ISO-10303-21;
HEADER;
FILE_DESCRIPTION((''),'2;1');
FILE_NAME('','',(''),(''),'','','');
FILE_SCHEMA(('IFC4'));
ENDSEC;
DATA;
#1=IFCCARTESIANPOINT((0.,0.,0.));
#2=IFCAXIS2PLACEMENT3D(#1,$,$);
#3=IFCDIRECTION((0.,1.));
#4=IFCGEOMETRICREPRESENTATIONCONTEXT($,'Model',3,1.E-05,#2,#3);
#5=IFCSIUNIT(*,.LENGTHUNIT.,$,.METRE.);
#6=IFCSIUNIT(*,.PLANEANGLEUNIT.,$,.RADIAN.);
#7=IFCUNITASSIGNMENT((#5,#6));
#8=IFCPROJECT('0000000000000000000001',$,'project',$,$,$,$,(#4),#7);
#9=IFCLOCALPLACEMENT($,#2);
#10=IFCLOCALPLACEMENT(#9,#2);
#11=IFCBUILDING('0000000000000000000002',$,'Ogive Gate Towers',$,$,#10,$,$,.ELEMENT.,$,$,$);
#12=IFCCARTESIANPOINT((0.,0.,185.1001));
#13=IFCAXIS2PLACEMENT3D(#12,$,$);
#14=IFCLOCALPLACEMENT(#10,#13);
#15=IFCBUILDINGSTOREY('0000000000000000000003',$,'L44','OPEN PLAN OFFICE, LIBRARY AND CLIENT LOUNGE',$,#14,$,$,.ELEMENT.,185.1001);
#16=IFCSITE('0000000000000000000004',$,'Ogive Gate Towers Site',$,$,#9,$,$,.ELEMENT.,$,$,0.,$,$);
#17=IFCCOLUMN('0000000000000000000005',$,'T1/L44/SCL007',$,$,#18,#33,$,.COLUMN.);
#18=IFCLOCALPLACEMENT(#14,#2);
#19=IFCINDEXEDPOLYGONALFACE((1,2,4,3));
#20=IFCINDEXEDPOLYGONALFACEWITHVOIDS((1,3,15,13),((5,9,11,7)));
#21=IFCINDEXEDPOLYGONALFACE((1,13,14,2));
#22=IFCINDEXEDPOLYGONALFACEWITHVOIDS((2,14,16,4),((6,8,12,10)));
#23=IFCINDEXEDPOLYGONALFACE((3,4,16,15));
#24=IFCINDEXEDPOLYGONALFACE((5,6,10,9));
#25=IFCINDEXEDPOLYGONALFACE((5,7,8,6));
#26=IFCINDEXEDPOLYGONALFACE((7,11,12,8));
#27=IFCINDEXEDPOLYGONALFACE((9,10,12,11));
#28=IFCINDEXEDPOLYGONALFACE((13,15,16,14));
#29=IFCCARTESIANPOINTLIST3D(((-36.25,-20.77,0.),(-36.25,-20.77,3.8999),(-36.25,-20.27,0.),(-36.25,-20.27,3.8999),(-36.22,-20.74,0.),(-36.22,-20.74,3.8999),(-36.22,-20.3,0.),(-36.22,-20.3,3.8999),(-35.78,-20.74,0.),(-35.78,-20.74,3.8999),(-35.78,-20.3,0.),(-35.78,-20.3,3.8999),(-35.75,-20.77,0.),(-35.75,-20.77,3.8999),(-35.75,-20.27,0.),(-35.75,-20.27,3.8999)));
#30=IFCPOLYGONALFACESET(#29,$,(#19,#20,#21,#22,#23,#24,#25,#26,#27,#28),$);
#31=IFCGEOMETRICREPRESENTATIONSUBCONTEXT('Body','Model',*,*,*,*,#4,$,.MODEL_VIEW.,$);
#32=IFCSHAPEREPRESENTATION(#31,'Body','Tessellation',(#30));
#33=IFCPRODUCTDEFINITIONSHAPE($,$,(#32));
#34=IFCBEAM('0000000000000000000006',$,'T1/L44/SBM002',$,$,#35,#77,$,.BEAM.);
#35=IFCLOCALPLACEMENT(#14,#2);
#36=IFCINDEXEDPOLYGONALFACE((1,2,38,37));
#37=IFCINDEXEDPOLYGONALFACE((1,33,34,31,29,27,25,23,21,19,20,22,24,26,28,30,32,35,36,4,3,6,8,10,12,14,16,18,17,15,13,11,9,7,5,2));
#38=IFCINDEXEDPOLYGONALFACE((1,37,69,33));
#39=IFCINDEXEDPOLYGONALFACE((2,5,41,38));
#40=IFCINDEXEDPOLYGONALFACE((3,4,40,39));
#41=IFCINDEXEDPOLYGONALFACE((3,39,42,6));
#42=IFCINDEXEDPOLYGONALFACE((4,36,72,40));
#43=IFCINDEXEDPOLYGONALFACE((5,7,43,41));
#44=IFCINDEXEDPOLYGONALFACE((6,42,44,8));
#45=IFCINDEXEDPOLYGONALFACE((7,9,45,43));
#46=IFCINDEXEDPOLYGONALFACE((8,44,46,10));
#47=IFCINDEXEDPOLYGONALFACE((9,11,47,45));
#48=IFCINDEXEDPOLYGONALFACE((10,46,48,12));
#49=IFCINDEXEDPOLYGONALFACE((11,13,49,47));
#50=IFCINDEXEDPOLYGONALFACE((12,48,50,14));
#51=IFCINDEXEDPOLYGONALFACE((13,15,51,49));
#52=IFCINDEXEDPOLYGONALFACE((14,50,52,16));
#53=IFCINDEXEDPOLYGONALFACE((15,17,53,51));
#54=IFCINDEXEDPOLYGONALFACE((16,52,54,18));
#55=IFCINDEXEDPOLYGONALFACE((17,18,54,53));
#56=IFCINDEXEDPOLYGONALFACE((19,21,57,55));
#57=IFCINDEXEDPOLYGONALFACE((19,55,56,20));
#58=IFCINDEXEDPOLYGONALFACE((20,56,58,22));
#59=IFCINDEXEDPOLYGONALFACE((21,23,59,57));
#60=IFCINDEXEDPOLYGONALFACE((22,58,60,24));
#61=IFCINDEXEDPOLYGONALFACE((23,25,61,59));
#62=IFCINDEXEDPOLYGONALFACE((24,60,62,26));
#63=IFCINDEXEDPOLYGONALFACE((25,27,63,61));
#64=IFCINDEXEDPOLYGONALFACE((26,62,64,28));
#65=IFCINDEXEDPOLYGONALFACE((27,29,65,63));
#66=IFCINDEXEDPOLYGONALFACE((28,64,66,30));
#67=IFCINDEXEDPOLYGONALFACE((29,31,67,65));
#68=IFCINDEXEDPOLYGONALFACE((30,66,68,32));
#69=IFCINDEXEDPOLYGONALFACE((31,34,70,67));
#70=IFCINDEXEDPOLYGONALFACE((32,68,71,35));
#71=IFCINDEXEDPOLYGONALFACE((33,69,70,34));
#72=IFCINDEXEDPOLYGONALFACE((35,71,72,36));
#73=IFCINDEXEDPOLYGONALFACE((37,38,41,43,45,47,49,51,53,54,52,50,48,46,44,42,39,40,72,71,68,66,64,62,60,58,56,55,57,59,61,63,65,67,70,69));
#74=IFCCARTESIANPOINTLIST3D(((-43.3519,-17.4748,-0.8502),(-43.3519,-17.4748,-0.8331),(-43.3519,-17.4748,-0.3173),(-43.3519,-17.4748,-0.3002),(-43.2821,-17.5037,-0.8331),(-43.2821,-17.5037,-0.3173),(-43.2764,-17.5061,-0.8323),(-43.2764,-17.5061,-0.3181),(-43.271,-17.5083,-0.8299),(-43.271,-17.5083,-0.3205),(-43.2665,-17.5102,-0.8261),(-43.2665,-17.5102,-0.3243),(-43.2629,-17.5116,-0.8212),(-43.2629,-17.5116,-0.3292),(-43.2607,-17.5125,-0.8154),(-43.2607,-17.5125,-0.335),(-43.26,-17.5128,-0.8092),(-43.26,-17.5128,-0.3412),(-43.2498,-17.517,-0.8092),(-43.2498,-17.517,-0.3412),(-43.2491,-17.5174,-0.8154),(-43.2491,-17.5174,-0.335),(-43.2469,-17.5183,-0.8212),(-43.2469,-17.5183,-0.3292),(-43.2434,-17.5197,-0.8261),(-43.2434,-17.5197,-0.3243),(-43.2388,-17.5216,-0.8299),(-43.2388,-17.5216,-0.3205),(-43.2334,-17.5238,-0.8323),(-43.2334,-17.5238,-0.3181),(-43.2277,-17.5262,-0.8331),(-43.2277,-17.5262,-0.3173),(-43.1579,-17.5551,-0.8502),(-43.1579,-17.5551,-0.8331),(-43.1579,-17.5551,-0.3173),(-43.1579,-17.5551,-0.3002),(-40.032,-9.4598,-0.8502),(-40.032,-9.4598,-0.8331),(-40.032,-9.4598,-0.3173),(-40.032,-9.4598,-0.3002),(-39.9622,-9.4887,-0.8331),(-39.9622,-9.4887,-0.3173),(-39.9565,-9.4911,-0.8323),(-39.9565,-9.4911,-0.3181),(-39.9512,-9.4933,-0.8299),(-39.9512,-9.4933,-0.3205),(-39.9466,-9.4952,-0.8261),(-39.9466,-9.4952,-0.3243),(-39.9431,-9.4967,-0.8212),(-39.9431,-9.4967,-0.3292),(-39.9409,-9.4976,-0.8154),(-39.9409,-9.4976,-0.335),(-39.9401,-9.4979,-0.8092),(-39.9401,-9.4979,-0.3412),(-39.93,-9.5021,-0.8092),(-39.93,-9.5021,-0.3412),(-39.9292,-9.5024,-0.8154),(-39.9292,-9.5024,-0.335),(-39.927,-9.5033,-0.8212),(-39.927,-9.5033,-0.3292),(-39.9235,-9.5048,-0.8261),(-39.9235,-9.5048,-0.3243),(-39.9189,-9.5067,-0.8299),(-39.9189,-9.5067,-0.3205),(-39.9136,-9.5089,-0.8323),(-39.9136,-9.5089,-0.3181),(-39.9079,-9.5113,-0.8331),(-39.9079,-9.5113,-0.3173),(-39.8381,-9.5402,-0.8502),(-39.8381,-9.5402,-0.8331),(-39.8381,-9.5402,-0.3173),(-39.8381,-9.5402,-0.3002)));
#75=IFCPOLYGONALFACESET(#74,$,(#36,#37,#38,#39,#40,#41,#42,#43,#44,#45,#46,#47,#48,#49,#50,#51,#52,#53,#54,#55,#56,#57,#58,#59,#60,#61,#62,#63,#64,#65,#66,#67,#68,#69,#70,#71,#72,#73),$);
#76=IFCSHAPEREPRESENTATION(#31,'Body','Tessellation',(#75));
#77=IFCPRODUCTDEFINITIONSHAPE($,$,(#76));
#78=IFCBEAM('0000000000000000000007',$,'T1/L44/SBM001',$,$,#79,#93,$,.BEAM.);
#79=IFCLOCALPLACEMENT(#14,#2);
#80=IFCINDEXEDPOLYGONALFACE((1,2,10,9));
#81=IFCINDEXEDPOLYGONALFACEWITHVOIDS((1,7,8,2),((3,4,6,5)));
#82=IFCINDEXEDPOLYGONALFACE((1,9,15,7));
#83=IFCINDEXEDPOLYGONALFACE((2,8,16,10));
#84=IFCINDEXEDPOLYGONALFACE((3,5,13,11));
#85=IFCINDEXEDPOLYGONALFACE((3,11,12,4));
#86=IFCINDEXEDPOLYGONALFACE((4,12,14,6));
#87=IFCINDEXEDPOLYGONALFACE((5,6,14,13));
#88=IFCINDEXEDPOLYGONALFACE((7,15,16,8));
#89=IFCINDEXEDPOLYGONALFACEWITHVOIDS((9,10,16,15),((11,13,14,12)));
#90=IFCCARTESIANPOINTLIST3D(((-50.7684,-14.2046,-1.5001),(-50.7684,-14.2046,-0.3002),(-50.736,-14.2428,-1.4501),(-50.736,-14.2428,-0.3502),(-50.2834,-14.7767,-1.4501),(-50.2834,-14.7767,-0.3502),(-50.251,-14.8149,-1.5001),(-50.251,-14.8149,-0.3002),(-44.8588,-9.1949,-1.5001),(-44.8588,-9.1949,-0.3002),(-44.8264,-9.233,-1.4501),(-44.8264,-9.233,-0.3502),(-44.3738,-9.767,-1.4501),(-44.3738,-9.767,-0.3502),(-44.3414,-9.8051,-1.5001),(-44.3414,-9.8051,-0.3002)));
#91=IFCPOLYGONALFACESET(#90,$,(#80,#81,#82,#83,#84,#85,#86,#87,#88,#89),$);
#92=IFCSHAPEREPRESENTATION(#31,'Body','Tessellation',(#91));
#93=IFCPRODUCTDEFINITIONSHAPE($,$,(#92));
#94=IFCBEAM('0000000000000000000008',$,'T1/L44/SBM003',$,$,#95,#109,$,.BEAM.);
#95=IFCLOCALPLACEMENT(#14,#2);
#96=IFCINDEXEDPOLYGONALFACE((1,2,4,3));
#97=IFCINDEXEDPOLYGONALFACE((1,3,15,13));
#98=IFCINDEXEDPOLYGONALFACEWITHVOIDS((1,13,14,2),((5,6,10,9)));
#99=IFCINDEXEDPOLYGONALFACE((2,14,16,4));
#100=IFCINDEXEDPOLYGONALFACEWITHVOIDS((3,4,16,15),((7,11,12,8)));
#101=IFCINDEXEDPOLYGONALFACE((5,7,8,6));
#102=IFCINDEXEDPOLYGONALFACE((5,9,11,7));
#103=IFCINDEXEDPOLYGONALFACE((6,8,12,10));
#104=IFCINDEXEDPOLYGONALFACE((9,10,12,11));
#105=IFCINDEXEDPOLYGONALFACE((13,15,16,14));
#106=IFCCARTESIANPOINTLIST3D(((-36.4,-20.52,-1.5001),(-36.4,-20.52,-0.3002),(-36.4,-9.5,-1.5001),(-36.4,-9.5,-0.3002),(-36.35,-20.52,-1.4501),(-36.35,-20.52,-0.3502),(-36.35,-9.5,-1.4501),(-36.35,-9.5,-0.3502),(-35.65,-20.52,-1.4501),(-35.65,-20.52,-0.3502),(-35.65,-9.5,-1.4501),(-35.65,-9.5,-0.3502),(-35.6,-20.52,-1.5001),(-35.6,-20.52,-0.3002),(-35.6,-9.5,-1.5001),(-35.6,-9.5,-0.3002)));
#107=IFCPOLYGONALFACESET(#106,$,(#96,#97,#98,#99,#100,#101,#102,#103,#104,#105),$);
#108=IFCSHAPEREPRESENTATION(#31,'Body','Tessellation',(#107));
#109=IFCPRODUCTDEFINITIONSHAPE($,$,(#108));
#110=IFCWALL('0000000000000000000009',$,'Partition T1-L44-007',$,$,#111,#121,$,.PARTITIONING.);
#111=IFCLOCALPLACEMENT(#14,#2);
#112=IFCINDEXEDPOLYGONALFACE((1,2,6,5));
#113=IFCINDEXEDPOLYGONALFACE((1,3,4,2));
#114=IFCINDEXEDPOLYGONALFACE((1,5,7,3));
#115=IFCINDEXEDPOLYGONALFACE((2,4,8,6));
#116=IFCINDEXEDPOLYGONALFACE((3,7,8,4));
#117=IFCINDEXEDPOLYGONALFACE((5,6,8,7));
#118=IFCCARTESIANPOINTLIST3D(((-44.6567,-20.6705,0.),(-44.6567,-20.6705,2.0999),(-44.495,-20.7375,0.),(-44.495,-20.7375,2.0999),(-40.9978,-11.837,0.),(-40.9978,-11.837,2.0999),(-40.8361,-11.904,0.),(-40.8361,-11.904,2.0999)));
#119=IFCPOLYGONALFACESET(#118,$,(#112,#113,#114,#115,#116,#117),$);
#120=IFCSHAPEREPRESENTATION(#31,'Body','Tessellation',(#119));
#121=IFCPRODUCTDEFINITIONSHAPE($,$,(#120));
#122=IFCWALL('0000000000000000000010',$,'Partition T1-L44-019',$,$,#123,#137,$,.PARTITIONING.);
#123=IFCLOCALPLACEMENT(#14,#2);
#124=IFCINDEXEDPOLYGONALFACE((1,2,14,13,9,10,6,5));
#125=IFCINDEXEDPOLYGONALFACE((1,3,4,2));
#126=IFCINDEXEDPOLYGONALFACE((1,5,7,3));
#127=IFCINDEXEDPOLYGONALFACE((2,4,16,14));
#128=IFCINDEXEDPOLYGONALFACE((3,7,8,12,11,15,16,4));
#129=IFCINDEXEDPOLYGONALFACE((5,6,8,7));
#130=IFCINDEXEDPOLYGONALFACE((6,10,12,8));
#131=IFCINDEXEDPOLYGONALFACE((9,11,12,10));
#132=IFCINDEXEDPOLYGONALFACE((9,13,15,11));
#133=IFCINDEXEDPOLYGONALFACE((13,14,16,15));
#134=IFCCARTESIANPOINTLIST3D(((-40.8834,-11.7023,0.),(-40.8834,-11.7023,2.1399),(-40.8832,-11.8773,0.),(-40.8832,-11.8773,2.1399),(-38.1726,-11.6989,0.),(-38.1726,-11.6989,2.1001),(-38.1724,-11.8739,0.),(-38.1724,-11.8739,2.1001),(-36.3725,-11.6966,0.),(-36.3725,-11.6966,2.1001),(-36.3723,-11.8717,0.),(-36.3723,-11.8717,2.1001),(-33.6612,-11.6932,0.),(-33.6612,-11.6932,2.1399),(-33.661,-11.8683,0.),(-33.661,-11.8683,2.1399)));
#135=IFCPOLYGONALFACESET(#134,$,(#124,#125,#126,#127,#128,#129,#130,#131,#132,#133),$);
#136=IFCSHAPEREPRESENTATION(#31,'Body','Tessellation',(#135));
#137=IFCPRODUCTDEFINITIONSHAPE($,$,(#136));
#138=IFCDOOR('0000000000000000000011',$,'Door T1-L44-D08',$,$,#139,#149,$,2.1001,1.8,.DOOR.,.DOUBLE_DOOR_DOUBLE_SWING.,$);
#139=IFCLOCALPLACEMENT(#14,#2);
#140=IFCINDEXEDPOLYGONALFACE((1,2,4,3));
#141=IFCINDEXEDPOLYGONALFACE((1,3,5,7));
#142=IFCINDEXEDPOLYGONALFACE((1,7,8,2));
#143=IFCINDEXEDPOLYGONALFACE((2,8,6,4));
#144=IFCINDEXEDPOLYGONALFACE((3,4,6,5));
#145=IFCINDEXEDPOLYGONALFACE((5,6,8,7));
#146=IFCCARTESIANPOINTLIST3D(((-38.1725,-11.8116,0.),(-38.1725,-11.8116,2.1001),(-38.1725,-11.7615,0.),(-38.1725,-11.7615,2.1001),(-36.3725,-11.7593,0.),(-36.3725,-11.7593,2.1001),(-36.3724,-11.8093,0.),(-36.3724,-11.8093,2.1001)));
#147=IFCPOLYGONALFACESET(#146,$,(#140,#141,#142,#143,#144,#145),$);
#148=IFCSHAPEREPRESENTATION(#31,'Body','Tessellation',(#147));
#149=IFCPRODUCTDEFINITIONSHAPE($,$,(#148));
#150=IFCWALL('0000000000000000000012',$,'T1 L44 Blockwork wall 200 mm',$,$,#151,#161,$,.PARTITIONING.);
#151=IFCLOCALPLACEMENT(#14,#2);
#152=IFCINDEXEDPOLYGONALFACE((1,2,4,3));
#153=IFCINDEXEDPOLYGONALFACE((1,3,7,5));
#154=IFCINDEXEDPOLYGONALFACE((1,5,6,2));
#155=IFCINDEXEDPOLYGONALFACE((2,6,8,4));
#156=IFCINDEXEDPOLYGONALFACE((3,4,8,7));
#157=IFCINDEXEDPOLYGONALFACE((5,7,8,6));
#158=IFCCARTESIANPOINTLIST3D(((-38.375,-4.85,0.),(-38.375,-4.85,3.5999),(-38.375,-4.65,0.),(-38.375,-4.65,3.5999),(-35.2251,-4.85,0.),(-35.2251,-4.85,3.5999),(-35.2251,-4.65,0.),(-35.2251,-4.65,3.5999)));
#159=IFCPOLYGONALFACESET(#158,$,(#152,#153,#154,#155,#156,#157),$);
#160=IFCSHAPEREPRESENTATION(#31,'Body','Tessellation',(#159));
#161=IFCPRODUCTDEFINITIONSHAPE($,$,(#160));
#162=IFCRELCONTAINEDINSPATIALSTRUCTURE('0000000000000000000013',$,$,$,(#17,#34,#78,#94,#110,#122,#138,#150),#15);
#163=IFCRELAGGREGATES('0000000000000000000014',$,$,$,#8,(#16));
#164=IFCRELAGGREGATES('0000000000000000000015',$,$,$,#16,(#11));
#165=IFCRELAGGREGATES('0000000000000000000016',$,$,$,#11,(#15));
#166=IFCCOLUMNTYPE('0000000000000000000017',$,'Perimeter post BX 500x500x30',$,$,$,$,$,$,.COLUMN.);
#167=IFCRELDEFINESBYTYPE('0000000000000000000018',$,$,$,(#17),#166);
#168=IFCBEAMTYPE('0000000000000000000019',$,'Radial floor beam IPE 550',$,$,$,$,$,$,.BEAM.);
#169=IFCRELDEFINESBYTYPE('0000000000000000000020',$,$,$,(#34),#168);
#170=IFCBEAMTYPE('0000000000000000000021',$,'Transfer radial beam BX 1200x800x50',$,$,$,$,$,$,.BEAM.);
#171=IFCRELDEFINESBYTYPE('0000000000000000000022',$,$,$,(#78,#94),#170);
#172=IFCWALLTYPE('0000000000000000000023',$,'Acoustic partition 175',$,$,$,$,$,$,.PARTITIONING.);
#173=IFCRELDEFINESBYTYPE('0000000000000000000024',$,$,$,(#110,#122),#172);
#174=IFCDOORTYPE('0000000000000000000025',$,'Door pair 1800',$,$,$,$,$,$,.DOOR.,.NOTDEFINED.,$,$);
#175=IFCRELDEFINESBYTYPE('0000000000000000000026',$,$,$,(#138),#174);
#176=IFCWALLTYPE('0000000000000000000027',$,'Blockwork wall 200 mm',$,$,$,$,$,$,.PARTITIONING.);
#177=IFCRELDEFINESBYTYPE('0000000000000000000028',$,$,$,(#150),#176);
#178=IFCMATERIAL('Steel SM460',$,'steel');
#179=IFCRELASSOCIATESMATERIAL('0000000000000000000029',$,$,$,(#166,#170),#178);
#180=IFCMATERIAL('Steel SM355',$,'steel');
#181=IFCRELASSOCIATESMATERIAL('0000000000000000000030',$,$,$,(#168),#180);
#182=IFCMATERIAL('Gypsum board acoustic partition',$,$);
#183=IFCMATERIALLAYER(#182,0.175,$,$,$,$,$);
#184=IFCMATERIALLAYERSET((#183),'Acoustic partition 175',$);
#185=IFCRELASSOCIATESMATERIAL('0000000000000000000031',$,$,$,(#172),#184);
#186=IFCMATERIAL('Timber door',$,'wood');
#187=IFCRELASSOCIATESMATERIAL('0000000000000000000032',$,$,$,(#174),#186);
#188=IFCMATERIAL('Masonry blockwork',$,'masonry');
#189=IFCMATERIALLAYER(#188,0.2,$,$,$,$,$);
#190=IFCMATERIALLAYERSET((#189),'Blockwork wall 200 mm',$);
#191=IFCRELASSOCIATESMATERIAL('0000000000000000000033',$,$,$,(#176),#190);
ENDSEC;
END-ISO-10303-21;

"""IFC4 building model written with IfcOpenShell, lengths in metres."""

from ifc_helpers import new_model, si_unit, direction, frame, frame_2d, origin, origin_2d, place, context, subcontext, project, spatial, rectangle, hollow_rectangle, i_section, extrude, material, layer, layer_set, material_profile, profile_set, type_object, element, fill, save


model = new_model("IFC4")

# Units and contexts
model_context = context("Model", 3, precision=1e-05, world=origin(), true_north=direction((0.0, 1.0)))
body_context = subcontext(model_context, "Body", "Model", "MODEL_VIEW")
ifc_project = project(units=[si_unit("LENGTHUNIT", "METRE"), si_unit("PLANEANGLEUNIT", "RADIAN")], contexts=[model_context])

# Site, building, storey
site_placement = place(None, origin())
site = spatial("IfcSite", under=ifc_project, at=site_placement, Name="Ogive Gate Towers Site", CompositionType="ELEMENT", RefElevation=0.0)
building_placement = place(site_placement, origin())
building = spatial("IfcBuilding", under=site, at=building_placement, Name="Ogive Gate Towers", CompositionType="ELEMENT")
storey_placement = place(building_placement, frame((0.0, 0.0, 185.1001)))
storey = spatial("IfcBuildingStorey", under=building, at=storey_placement, Name="L44", Description="OPEN PLAN OFFICE, LIBRARY AND CLIENT LOUNGE", CompositionType="ELEMENT", Elevation=185.1001)

# Column
ifc_material_1 = material(Name="Steel SM460", Category="steel")
ifc_material_profile_1 = material_profile(ifc_material_1, hollow_rectangle(XDim=0.5, YDim=0.5, WallThickness=0.03, at=origin_2d()), Name="BX 500x500x30")
ifc_profile_set_1 = profile_set([ifc_material_profile_1], Name="Steel SM460")
column_type = type_object("IfcColumnType", Name="Perimeter post BX 500x500x30", PredefinedType="COLUMN", material=ifc_profile_set_1)
column_placement = place(storey_placement, frame((-36.0, -20.52, 0.0), z_axis=(0.0, 0.0, 1.0), x_axis=(1.0, 0.0, 0.0)))
element("IfcColumn", 1, at=column_placement, inside=storey, type_object=column_type, Name="T1/L44/SCL007", PredefinedType="COLUMN", context=body_context, shape_type="SweptSolid", body=[
    extrude(hollow_rectangle(XDim=0.5, YDim=0.5, WallThickness=0.03, at=origin_2d()), origin(), (0.0, 0.0, 1.0), 3.8999),
])

# Beams
ifc_material_2 = material(Name="Steel SM355", Category="steel")
ifc_material_profile_2 = material_profile(ifc_material_2, i_section(OverallWidth=0.21, OverallDepth=0.55, WebThickness=0.011, FlangeThickness=0.0171, FilletRadius=0.0239, at=origin_2d()), Name="IPE 550")
ifc_profile_set_2 = profile_set([ifc_material_profile_2], Name="Steel SM355")
beam_type_1 = type_object("IfcBeamType", Name="Radial floor beam IPE 550", PredefinedType="BEAM", material=ifc_profile_set_2)
beam_1_placement = place(storey_placement, frame((-39.9351, -9.5, -0.5752), z_axis=(-0.382678, -0.923882, 0.0), x_axis=(0.923882, -0.382678, 0.0)))
element("IfcBeam", 2, at=beam_1_placement, inside=storey, type_object=beam_type_1, Name="T1/L44/SBM002", PredefinedType="BEAM", context=body_context, shape_type="SweptSolid", body=[
    extrude(i_section(OverallWidth=0.21, OverallDepth=0.55, WebThickness=0.011, FlangeThickness=0.0171, FilletRadius=0.0239, at=origin_2d()), origin(), (0.0, 0.0, 1.0), 8.6753),
])
ifc_material_profile_3 = material_profile(ifc_material_1, hollow_rectangle(XDim=0.8, YDim=1.2, WallThickness=0.05, at=origin_2d()), Name="BX 1200x800x50")
ifc_profile_set_3 = profile_set([ifc_material_profile_3], Name="Steel SM460")
beam_type_2 = type_object("IfcBeamType", Name="Transfer radial beam BX 1200x800x50", PredefinedType="BEAM", material=ifc_profile_set_3)
beam_2_placement = place(storey_placement, frame((-44.6001, -9.5, -0.9001), z_axis=(-0.762795, -0.64664, 0.0), x_axis=(0.64664, -0.762795, 0.0)))
element("IfcBeam", 3, at=beam_2_placement, inside=storey, type_object=beam_type_2, Name="T1/L44/SBM001", PredefinedType="BEAM", context=body_context, shape_type="SweptSolid", body=[
    extrude(hollow_rectangle(XDim=0.8, YDim=1.2, WallThickness=0.05, at=origin_2d()), origin(), (0.0, 0.0, 1.0), 7.7473),
])
beam_3_placement = place(storey_placement, frame((-36.0, -9.5, -0.9001), z_axis=(0.0, -1.0, 0.0), x_axis=(1.0, 0.0, 0.0)))
element("IfcBeam", 4, at=beam_3_placement, inside=storey, type_object=beam_type_2, Name="T1/L44/SBM003", PredefinedType="BEAM", context=body_context, shape_type="SweptSolid", body=[
    extrude(hollow_rectangle(XDim=0.8, YDim=1.2, WallThickness=0.05, at=origin_2d()), origin(), (0.0, 0.0, 1.0), 11.02),
])

# Wall
ifc_material_3 = material(Name="Gypsum board acoustic partition")
ifc_layer_1 = layer(ifc_material_3, 0.175)
ifc_layer_set_1 = layer_set([ifc_layer_1], Name="Acoustic partition 175")
wall_type_1 = type_object("IfcWallType", Name="Acoustic partition 175", PredefinedType="PARTITIONING", material=ifc_layer_set_1)
wall_1_placement = place(storey_placement, frame((-44.5759, -20.7041, 0.0), z_axis=(0.0, 0.0, 1.0), x_axis=(0.382682, 0.92388, 0.0)))
element("IfcWall", 5, at=wall_1_placement, inside=storey, type_object=wall_type_1, Name="Partition T1-L44-007", PredefinedType="PARTITIONING", context=body_context, shape_type="SweptSolid", body=[
    extrude(rectangle(XDim=9.5613, YDim=0.175, at=frame_2d((4.7808, 0.0))), origin(), (0.0, 0.0, 1.0), 2.0999),
])

# Wall, opening, door
wall_2_placement = place(storey_placement, frame((-40.8833, -11.7898, 0.0), z_axis=(0.0, 0.0, 1.0), x_axis=(0.999999, 0.001251, 0.0)))
wall_2 = element("IfcWall", 6, at=wall_2_placement, inside=storey, type_object=wall_type_1, Name="Partition T1-L44-019", PredefinedType="PARTITIONING", context=body_context, shape_type="SweptSolid", body=[
    extrude(rectangle(XDim=7.2222, YDim=0.175, at=frame_2d((3.6111, 0.0))), origin(), (0.0, 0.0, 1.0), 2.1399),
])
opening_1_placement = place(wall_2_placement, frame((2.7109, 0.0, 0.0)))
opening_1 = element("IfcOpeningElement", 7, at=opening_1_placement, cuts=wall_2, PredefinedType="OPENING", context=body_context, shape_type="SweptSolid", body=[
    extrude(rectangle(XDim=1.8, YDim=2.1001, at=frame_2d((0.8999, 1.05))), frame((0.0, 0.0977, 0.0), z_axis=(0.0, -1.0, 0.0), x_axis=(1.0, 0.0, 0.0)), (0.0, 0.0, 1.0), 0.1951),
])
ifc_material_4 = material(Name="Timber door", Category="wood")
door_type_1 = type_object("IfcDoorType", Name="Door pair 1800", OperationType="NOTDEFINED", PredefinedType="DOOR", material=ifc_material_4)
door_1_placement = place(opening_1_placement, origin())
door_1 = element("IfcDoor", 8, at=door_1_placement, inside=storey, type_object=door_type_1, Name="Door T1-L44-D08", OperationType="DOUBLE_DOOR_DOUBLE_SWING", OverallHeight=2.1001, OverallWidth=1.8, PredefinedType="DOOR", context=body_context, shape_type="SweptSolid", body=[
    extrude(rectangle(XDim=1.8, YDim=2.1001, at=frame_2d((0.8999, 1.05))), frame((0.0, 0.0249, 0.0), z_axis=(0.0, -1.0, 0.0), x_axis=(1.0, 0.0, 0.0)), (0.0, 0.0, 1.0), 0.05),
])
fill(opening_1, door_1)

# Wall
ifc_material_5 = material(Name="Masonry blockwork", Category="masonry")
ifc_layer_2 = layer(ifc_material_5, 0.2)
ifc_layer_set_2 = layer_set([ifc_layer_2], Name="Blockwork wall 200 mm")
wall_type_2 = type_object("IfcWallType", Name="Blockwork wall 200 mm", PredefinedType="PARTITIONING", material=ifc_layer_set_2)
wall_3_placement = place(storey_placement, frame((-38.375, -4.75, 0.0), z_axis=(0.0, 0.0, 1.0), x_axis=(1.0, 0.0, 0.0)))
element("IfcWall", 9, at=wall_3_placement, inside=storey, type_object=wall_type_2, Name="T1 L44 Blockwork wall 200 mm", PredefinedType="PARTITIONING", context=body_context, shape_type="SweptSolid", body=[
    extrude(rectangle(XDim=3.1499, YDim=0.2, at=frame_2d((1.575, 0.0))), origin(), (0.0, 0.0, 1.0), 3.5999),
])

save(model, "model.ifc")
